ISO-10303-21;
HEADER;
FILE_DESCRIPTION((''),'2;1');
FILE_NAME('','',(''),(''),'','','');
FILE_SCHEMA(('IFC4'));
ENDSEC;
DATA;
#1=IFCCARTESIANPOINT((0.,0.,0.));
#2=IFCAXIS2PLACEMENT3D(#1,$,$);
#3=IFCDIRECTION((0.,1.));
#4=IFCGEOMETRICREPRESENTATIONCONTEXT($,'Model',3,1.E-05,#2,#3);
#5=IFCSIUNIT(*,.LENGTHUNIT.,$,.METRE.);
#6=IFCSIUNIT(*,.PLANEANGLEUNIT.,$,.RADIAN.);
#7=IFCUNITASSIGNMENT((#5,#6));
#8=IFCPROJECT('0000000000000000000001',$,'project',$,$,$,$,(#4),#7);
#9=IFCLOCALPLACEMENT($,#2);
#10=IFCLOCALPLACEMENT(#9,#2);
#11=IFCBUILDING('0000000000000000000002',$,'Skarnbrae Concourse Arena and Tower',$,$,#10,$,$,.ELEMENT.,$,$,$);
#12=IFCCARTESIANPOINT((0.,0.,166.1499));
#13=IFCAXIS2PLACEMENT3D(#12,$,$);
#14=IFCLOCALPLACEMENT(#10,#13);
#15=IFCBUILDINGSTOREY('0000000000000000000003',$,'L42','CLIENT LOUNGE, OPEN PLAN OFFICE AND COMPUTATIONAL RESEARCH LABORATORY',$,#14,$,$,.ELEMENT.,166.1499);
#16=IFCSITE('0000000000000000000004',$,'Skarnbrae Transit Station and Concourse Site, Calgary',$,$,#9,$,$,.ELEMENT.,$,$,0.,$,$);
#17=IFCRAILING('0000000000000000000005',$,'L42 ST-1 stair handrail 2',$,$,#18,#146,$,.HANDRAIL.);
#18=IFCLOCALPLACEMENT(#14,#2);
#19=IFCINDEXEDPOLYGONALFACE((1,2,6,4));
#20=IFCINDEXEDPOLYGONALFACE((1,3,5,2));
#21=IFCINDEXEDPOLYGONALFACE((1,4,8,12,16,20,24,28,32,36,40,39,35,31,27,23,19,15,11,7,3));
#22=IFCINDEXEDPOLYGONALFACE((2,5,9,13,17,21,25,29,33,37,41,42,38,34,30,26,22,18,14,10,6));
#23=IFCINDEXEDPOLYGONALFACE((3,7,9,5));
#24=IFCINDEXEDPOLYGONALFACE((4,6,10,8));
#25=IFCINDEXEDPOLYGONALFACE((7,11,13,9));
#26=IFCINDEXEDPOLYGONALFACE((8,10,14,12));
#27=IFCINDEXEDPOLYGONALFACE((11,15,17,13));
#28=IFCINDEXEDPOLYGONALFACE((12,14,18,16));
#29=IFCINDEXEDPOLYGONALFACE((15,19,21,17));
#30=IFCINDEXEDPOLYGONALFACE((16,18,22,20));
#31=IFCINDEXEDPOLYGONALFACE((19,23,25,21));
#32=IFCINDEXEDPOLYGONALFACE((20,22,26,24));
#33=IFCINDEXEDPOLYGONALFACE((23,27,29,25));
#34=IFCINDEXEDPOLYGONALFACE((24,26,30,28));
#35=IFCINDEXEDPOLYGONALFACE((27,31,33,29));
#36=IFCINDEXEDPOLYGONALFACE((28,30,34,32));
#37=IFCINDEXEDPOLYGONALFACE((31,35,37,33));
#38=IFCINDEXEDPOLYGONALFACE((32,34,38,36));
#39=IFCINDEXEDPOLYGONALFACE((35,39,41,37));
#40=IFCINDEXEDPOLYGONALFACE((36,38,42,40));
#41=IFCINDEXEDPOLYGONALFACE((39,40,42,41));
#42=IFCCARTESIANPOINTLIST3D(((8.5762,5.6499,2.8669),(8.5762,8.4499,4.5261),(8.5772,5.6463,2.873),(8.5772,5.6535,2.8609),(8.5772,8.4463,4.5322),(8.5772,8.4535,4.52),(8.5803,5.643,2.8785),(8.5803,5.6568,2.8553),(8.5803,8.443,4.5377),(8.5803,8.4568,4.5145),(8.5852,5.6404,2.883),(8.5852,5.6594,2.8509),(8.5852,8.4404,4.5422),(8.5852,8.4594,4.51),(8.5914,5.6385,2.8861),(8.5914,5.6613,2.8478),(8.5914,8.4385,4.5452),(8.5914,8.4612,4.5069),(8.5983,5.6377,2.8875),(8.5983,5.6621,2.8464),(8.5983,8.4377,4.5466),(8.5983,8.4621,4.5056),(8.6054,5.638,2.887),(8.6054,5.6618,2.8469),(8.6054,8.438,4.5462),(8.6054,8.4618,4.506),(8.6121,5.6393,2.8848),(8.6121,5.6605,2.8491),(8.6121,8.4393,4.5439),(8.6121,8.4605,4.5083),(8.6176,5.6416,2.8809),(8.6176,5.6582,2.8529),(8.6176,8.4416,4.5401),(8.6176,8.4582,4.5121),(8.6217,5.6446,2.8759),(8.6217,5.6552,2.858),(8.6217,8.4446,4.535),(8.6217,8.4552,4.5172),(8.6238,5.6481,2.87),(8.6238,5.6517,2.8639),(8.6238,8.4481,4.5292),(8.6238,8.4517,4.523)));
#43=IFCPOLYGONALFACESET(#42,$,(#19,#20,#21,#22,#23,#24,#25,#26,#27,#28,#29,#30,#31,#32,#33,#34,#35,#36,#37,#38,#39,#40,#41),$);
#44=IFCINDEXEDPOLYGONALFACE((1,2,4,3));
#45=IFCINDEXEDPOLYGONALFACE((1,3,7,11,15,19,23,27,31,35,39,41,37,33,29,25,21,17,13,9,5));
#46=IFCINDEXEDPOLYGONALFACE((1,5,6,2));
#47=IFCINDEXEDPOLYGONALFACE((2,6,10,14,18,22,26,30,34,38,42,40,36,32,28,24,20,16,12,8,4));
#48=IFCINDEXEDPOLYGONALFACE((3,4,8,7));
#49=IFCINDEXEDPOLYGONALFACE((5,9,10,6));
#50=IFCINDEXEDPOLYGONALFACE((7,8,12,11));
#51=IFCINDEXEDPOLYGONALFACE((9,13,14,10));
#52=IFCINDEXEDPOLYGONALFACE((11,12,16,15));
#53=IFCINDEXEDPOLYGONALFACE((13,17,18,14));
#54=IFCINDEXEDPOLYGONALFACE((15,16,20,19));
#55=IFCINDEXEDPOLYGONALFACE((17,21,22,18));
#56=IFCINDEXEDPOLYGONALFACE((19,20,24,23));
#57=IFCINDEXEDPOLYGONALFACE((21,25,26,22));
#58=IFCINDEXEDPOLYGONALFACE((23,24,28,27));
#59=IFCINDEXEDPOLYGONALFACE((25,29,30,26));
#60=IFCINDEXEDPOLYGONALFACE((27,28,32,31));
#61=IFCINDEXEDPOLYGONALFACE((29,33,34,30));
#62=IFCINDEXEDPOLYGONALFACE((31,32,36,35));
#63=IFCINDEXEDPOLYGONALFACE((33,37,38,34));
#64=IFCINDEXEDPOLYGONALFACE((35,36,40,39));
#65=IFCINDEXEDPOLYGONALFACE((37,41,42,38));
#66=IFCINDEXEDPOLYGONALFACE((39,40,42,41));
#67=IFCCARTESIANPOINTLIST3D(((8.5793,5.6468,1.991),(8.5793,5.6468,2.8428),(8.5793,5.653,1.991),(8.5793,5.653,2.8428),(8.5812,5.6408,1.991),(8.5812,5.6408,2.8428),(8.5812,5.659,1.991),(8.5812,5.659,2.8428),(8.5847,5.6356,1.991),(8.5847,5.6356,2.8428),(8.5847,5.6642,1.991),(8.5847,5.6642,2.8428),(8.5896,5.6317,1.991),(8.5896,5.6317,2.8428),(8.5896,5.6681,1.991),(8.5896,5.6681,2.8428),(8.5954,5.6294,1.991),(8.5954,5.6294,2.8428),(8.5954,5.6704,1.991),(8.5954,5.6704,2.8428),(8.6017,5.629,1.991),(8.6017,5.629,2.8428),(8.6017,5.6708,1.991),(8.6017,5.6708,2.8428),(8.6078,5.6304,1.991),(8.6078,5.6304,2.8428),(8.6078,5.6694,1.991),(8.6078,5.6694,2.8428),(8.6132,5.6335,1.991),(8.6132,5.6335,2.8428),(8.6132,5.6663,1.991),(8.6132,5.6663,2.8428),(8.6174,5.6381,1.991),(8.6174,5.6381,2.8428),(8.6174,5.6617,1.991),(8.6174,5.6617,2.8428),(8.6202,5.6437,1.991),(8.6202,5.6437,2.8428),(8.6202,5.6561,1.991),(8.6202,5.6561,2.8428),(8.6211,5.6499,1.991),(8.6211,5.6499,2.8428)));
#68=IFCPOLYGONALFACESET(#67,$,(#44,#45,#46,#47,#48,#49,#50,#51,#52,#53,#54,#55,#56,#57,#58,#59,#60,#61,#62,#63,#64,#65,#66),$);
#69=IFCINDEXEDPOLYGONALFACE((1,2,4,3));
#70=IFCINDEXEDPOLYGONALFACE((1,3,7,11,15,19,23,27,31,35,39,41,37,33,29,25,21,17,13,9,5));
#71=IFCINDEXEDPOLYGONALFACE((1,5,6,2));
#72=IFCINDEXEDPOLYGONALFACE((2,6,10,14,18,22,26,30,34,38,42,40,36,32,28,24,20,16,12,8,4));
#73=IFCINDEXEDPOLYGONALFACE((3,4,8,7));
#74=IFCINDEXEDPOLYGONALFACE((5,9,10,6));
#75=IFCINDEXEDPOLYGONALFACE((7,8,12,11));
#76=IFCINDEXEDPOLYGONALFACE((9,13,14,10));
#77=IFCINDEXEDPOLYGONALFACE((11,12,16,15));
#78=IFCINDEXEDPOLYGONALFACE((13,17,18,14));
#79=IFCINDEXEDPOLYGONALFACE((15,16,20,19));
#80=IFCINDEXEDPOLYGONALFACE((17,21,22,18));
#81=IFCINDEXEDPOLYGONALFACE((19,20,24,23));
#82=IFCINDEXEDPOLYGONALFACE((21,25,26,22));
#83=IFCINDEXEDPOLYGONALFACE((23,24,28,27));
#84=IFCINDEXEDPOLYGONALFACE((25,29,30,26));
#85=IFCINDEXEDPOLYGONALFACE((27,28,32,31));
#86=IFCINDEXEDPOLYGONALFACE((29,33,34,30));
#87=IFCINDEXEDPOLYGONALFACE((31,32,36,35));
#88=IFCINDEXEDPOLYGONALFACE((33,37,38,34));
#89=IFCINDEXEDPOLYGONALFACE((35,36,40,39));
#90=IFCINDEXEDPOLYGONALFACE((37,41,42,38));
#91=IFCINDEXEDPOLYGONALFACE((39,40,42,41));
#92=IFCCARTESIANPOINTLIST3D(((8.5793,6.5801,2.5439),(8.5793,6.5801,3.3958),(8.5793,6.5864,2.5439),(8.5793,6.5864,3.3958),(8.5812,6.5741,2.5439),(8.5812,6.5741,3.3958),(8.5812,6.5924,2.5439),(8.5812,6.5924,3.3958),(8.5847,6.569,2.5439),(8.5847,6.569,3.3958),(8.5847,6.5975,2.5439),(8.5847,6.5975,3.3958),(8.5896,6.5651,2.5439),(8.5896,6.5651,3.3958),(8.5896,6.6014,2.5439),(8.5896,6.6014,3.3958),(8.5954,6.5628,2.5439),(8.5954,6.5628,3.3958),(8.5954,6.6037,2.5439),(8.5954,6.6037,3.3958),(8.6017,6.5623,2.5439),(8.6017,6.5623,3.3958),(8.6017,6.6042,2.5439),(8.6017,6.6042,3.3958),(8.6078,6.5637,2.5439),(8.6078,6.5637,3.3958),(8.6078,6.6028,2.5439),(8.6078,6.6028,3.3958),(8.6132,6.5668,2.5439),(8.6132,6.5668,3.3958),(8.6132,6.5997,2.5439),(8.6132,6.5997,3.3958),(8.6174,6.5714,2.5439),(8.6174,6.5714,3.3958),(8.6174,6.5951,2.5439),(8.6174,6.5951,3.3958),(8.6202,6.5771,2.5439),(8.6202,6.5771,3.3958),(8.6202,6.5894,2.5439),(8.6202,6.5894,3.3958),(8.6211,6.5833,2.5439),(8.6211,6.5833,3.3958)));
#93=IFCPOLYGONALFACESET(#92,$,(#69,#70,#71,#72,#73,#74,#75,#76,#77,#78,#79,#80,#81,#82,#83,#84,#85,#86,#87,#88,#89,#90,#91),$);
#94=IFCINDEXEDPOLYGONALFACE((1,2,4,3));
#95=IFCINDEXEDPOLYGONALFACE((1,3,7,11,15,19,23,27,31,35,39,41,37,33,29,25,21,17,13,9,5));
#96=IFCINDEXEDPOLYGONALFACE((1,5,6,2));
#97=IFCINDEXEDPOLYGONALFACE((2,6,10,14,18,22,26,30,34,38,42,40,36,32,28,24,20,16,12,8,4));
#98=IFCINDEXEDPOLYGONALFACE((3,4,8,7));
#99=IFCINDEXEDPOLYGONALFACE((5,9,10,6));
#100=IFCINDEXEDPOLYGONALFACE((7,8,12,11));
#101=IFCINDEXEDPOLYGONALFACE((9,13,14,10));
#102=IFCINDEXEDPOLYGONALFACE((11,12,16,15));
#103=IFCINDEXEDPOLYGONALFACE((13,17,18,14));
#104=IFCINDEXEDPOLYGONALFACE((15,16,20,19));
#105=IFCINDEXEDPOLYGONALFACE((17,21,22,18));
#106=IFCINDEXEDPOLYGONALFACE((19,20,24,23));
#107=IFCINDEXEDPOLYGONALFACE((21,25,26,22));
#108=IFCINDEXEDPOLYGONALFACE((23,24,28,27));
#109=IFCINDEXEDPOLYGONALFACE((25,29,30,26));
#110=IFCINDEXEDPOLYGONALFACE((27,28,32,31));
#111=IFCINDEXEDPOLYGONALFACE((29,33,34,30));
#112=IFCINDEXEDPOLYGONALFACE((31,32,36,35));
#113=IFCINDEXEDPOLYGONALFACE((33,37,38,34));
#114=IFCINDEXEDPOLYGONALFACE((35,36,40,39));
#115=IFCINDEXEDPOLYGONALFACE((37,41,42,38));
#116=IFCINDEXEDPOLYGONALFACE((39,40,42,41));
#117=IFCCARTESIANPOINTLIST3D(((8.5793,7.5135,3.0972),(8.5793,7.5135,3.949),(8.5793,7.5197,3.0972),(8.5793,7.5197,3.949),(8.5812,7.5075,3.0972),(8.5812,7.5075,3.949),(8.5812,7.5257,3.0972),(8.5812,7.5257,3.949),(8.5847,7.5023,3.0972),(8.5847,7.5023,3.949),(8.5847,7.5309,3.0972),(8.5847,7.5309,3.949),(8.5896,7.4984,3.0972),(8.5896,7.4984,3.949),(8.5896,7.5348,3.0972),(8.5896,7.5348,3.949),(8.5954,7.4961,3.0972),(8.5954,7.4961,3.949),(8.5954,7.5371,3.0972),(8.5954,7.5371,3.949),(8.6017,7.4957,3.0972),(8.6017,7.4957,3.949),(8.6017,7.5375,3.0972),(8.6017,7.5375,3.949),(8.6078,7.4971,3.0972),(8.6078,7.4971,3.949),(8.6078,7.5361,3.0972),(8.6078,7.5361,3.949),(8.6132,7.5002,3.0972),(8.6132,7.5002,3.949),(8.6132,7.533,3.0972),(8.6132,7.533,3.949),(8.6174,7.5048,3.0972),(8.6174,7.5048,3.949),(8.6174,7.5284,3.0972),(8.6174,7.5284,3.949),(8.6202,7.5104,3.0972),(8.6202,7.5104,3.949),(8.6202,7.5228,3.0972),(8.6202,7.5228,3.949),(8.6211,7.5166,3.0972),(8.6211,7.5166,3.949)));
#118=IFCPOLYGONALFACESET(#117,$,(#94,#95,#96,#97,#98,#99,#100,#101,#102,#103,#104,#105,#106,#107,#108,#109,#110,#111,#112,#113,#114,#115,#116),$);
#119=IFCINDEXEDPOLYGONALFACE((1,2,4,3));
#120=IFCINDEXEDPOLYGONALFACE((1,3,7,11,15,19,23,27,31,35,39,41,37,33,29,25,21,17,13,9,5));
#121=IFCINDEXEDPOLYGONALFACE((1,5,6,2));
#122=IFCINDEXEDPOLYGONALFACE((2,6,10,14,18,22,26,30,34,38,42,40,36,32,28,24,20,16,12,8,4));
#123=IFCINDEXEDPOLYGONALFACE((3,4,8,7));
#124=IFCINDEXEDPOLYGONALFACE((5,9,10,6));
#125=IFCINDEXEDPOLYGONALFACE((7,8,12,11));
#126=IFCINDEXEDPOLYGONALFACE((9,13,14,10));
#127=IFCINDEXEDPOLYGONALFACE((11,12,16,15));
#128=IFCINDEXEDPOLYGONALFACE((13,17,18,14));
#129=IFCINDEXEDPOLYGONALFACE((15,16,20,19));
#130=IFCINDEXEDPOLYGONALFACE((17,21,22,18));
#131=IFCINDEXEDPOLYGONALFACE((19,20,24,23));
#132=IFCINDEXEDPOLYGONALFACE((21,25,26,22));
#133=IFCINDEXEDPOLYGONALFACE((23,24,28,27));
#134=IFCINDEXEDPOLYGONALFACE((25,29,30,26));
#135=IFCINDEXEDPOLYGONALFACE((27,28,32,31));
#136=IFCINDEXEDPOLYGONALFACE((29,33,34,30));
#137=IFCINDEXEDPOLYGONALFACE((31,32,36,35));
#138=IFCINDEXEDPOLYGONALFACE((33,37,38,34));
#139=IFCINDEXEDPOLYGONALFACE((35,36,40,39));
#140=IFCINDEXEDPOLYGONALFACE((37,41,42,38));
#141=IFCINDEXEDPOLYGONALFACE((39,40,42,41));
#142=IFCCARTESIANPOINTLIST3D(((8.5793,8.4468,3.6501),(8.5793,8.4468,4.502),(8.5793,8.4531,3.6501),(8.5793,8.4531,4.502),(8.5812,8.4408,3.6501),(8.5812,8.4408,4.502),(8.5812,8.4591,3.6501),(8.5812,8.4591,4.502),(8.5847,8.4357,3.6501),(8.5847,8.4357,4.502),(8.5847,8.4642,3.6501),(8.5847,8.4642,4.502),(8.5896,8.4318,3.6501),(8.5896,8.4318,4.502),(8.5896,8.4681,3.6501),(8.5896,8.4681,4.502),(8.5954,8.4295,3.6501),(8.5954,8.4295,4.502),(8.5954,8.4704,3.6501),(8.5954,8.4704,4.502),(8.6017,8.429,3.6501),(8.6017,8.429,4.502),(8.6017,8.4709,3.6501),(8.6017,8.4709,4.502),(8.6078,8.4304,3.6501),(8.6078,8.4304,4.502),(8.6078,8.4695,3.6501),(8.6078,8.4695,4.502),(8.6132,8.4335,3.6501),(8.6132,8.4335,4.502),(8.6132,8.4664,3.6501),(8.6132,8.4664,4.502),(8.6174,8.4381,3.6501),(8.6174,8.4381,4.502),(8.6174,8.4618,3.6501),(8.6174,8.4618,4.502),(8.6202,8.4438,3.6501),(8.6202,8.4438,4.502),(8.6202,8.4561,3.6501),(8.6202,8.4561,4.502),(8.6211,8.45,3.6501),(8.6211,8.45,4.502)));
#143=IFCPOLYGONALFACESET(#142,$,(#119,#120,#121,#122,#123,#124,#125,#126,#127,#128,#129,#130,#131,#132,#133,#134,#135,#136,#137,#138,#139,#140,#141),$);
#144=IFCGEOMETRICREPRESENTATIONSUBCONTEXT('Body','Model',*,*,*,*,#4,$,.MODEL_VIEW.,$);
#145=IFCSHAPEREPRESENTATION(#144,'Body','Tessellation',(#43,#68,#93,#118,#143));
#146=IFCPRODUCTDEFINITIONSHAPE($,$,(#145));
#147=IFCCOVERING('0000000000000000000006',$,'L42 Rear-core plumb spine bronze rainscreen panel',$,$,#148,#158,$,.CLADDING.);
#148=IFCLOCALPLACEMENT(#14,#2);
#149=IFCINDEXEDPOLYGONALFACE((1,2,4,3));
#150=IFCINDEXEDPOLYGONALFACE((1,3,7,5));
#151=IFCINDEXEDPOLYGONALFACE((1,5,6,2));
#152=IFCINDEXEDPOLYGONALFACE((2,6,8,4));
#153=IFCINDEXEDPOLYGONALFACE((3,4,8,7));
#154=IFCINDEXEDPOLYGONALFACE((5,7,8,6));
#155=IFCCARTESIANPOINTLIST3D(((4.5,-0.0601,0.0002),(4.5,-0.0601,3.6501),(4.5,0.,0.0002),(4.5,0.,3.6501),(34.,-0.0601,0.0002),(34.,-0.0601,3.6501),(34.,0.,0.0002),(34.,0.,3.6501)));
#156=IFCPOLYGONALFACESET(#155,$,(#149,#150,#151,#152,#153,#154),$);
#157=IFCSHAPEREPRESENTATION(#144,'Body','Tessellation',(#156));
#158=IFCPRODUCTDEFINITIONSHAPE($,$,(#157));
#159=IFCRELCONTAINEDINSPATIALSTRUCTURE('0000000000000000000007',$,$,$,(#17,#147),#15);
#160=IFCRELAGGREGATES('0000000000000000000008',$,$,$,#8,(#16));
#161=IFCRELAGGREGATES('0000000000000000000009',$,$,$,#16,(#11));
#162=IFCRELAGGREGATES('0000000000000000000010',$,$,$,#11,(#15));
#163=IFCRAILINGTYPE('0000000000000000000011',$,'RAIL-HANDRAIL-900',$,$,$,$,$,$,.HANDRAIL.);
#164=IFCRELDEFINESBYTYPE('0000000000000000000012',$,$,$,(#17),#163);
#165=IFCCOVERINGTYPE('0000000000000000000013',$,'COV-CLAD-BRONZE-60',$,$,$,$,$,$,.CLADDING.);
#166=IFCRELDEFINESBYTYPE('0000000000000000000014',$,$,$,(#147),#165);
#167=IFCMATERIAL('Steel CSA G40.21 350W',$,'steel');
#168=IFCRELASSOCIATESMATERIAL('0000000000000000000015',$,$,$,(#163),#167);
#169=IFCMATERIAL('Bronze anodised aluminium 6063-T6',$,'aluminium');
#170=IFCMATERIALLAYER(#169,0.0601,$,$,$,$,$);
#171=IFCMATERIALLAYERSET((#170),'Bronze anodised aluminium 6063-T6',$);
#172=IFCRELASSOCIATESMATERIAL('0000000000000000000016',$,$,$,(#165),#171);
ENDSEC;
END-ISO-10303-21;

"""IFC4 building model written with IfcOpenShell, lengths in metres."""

from ifc_helpers import new_model, si_unit, direction, frame, origin, origin_2d, place, context, subcontext, project, spatial, rectangle, circle, extrude, source, transform, mapped, material, layer, layer_set, type_object, element, save


model = new_model("IFC4")

# Units and contexts
model_context = context("Model", 3, precision=1e-05, world=origin(), true_north=direction((0.0, 1.0)))
body_context = subcontext(model_context, "Body", "Model", "MODEL_VIEW")
ifc_project = project(units=[si_unit("LENGTHUNIT", "METRE"), si_unit("PLANEANGLEUNIT", "RADIAN")], contexts=[model_context])

# Site, building, storey
site_placement = place(None, origin())
site = spatial("IfcSite", under=ifc_project, at=site_placement, Name="Skarnbrae Transit Station and Concourse Site, Calgary", CompositionType="ELEMENT", RefElevation=0.0)
building_placement = place(site_placement, origin())
building = spatial("IfcBuilding", under=site, at=building_placement, Name="Skarnbrae Concourse Arena and Tower", CompositionType="ELEMENT")
storey_placement = place(building_placement, frame((0.0, 0.0, 166.1499)))
storey = spatial("IfcBuildingStorey", under=building, at=storey_placement, Name="L42", Description="CLIENT LOUNGE, OPEN PLAN OFFICE AND COMPUTATIONAL RESEARCH LABORATORY", CompositionType="ELEMENT", Elevation=166.1499)

# Shared definitions
ifc_material_1 = material(Name="Steel CSA G40.21 350W", Category="steel")

# Shared definitions
ifc_material_2 = material(Name="Bronze anodised aluminium 6063-T6", Category="aluminium")

# Railing
railing_type = type_object("IfcRailingType", Name="RAIL-HANDRAIL-900", PredefinedType="HANDRAIL", material=ifc_material_1)
railing_placement = place(storey_placement, frame((8.6001, 5.6499, 1.991)))
element("IfcRailing", 1, at=railing_placement, inside=storey, type_object=railing_type, Name="L42 ST-1 stair handrail 2", PredefinedType="HANDRAIL", context=body_context, shape_type="SweptSolid", body=[
    extrude(circle(Radius=0.0239, at=origin_2d()), frame((0.0, 0.0, 0.876), z_axis=(0.0, 0.860306, 0.509778), x_axis=(-1.0, 0.0, 0.0)), (0.0, 0.0, 1.0), 3.2546),
    extrude(circle(Radius=0.021, at=origin_2d()), origin(), (0.0, 0.0, 1.0), 0.8518),
    extrude(circle(Radius=0.021, at=origin_2d()), frame((0.0, 0.9333, 0.553)), (0.0, 0.0, 1.0), 0.8518),
    extrude(circle(Radius=0.021, at=origin_2d()), frame((0.0, 1.8667, 1.1062)), (0.0, 0.0, 1.0), 0.8518),
    extrude(circle(Radius=0.021, at=origin_2d()), frame((0.0, 2.8, 1.6592)), (0.0, 0.0, 1.0), 0.8518),
])

# Covering
ifc_layer_1 = layer(ifc_material_2, 0.0601)
ifc_layer_set_1 = layer_set([ifc_layer_1], Name="Bronze anodised aluminium 6063-T6")
covering_type = type_object("IfcCoveringType", Name="COV-CLAD-BRONZE-60", PredefinedType="CLADDING", material=ifc_layer_set_1)
shared_shape_1 = source(origin(), body_context, "Body", "SweptSolid", [
    extrude(rectangle(XDim=29.5, YDim=0.0601, at=origin_2d()), origin(), (0.0, 0.0, 1.0), 3.6499),
])
covering_placement = place(storey_placement, frame((19.25, -0.03, 0.0002), z_axis=(0.0, 0.0, 1.0), x_axis=(1.0, 0.0, 0.0)))
element("IfcCovering", 2, at=covering_placement, inside=storey, type_object=covering_type, Name="L42 Rear-core plumb spine bronze rainscreen panel", PredefinedType="CLADDING", context=body_context, shape_type="MappedRepresentation", body=[
    mapped(shared_shape_1, transform((0.0, 0.0, 0.0))),
])

save(model, "model.ifc")
